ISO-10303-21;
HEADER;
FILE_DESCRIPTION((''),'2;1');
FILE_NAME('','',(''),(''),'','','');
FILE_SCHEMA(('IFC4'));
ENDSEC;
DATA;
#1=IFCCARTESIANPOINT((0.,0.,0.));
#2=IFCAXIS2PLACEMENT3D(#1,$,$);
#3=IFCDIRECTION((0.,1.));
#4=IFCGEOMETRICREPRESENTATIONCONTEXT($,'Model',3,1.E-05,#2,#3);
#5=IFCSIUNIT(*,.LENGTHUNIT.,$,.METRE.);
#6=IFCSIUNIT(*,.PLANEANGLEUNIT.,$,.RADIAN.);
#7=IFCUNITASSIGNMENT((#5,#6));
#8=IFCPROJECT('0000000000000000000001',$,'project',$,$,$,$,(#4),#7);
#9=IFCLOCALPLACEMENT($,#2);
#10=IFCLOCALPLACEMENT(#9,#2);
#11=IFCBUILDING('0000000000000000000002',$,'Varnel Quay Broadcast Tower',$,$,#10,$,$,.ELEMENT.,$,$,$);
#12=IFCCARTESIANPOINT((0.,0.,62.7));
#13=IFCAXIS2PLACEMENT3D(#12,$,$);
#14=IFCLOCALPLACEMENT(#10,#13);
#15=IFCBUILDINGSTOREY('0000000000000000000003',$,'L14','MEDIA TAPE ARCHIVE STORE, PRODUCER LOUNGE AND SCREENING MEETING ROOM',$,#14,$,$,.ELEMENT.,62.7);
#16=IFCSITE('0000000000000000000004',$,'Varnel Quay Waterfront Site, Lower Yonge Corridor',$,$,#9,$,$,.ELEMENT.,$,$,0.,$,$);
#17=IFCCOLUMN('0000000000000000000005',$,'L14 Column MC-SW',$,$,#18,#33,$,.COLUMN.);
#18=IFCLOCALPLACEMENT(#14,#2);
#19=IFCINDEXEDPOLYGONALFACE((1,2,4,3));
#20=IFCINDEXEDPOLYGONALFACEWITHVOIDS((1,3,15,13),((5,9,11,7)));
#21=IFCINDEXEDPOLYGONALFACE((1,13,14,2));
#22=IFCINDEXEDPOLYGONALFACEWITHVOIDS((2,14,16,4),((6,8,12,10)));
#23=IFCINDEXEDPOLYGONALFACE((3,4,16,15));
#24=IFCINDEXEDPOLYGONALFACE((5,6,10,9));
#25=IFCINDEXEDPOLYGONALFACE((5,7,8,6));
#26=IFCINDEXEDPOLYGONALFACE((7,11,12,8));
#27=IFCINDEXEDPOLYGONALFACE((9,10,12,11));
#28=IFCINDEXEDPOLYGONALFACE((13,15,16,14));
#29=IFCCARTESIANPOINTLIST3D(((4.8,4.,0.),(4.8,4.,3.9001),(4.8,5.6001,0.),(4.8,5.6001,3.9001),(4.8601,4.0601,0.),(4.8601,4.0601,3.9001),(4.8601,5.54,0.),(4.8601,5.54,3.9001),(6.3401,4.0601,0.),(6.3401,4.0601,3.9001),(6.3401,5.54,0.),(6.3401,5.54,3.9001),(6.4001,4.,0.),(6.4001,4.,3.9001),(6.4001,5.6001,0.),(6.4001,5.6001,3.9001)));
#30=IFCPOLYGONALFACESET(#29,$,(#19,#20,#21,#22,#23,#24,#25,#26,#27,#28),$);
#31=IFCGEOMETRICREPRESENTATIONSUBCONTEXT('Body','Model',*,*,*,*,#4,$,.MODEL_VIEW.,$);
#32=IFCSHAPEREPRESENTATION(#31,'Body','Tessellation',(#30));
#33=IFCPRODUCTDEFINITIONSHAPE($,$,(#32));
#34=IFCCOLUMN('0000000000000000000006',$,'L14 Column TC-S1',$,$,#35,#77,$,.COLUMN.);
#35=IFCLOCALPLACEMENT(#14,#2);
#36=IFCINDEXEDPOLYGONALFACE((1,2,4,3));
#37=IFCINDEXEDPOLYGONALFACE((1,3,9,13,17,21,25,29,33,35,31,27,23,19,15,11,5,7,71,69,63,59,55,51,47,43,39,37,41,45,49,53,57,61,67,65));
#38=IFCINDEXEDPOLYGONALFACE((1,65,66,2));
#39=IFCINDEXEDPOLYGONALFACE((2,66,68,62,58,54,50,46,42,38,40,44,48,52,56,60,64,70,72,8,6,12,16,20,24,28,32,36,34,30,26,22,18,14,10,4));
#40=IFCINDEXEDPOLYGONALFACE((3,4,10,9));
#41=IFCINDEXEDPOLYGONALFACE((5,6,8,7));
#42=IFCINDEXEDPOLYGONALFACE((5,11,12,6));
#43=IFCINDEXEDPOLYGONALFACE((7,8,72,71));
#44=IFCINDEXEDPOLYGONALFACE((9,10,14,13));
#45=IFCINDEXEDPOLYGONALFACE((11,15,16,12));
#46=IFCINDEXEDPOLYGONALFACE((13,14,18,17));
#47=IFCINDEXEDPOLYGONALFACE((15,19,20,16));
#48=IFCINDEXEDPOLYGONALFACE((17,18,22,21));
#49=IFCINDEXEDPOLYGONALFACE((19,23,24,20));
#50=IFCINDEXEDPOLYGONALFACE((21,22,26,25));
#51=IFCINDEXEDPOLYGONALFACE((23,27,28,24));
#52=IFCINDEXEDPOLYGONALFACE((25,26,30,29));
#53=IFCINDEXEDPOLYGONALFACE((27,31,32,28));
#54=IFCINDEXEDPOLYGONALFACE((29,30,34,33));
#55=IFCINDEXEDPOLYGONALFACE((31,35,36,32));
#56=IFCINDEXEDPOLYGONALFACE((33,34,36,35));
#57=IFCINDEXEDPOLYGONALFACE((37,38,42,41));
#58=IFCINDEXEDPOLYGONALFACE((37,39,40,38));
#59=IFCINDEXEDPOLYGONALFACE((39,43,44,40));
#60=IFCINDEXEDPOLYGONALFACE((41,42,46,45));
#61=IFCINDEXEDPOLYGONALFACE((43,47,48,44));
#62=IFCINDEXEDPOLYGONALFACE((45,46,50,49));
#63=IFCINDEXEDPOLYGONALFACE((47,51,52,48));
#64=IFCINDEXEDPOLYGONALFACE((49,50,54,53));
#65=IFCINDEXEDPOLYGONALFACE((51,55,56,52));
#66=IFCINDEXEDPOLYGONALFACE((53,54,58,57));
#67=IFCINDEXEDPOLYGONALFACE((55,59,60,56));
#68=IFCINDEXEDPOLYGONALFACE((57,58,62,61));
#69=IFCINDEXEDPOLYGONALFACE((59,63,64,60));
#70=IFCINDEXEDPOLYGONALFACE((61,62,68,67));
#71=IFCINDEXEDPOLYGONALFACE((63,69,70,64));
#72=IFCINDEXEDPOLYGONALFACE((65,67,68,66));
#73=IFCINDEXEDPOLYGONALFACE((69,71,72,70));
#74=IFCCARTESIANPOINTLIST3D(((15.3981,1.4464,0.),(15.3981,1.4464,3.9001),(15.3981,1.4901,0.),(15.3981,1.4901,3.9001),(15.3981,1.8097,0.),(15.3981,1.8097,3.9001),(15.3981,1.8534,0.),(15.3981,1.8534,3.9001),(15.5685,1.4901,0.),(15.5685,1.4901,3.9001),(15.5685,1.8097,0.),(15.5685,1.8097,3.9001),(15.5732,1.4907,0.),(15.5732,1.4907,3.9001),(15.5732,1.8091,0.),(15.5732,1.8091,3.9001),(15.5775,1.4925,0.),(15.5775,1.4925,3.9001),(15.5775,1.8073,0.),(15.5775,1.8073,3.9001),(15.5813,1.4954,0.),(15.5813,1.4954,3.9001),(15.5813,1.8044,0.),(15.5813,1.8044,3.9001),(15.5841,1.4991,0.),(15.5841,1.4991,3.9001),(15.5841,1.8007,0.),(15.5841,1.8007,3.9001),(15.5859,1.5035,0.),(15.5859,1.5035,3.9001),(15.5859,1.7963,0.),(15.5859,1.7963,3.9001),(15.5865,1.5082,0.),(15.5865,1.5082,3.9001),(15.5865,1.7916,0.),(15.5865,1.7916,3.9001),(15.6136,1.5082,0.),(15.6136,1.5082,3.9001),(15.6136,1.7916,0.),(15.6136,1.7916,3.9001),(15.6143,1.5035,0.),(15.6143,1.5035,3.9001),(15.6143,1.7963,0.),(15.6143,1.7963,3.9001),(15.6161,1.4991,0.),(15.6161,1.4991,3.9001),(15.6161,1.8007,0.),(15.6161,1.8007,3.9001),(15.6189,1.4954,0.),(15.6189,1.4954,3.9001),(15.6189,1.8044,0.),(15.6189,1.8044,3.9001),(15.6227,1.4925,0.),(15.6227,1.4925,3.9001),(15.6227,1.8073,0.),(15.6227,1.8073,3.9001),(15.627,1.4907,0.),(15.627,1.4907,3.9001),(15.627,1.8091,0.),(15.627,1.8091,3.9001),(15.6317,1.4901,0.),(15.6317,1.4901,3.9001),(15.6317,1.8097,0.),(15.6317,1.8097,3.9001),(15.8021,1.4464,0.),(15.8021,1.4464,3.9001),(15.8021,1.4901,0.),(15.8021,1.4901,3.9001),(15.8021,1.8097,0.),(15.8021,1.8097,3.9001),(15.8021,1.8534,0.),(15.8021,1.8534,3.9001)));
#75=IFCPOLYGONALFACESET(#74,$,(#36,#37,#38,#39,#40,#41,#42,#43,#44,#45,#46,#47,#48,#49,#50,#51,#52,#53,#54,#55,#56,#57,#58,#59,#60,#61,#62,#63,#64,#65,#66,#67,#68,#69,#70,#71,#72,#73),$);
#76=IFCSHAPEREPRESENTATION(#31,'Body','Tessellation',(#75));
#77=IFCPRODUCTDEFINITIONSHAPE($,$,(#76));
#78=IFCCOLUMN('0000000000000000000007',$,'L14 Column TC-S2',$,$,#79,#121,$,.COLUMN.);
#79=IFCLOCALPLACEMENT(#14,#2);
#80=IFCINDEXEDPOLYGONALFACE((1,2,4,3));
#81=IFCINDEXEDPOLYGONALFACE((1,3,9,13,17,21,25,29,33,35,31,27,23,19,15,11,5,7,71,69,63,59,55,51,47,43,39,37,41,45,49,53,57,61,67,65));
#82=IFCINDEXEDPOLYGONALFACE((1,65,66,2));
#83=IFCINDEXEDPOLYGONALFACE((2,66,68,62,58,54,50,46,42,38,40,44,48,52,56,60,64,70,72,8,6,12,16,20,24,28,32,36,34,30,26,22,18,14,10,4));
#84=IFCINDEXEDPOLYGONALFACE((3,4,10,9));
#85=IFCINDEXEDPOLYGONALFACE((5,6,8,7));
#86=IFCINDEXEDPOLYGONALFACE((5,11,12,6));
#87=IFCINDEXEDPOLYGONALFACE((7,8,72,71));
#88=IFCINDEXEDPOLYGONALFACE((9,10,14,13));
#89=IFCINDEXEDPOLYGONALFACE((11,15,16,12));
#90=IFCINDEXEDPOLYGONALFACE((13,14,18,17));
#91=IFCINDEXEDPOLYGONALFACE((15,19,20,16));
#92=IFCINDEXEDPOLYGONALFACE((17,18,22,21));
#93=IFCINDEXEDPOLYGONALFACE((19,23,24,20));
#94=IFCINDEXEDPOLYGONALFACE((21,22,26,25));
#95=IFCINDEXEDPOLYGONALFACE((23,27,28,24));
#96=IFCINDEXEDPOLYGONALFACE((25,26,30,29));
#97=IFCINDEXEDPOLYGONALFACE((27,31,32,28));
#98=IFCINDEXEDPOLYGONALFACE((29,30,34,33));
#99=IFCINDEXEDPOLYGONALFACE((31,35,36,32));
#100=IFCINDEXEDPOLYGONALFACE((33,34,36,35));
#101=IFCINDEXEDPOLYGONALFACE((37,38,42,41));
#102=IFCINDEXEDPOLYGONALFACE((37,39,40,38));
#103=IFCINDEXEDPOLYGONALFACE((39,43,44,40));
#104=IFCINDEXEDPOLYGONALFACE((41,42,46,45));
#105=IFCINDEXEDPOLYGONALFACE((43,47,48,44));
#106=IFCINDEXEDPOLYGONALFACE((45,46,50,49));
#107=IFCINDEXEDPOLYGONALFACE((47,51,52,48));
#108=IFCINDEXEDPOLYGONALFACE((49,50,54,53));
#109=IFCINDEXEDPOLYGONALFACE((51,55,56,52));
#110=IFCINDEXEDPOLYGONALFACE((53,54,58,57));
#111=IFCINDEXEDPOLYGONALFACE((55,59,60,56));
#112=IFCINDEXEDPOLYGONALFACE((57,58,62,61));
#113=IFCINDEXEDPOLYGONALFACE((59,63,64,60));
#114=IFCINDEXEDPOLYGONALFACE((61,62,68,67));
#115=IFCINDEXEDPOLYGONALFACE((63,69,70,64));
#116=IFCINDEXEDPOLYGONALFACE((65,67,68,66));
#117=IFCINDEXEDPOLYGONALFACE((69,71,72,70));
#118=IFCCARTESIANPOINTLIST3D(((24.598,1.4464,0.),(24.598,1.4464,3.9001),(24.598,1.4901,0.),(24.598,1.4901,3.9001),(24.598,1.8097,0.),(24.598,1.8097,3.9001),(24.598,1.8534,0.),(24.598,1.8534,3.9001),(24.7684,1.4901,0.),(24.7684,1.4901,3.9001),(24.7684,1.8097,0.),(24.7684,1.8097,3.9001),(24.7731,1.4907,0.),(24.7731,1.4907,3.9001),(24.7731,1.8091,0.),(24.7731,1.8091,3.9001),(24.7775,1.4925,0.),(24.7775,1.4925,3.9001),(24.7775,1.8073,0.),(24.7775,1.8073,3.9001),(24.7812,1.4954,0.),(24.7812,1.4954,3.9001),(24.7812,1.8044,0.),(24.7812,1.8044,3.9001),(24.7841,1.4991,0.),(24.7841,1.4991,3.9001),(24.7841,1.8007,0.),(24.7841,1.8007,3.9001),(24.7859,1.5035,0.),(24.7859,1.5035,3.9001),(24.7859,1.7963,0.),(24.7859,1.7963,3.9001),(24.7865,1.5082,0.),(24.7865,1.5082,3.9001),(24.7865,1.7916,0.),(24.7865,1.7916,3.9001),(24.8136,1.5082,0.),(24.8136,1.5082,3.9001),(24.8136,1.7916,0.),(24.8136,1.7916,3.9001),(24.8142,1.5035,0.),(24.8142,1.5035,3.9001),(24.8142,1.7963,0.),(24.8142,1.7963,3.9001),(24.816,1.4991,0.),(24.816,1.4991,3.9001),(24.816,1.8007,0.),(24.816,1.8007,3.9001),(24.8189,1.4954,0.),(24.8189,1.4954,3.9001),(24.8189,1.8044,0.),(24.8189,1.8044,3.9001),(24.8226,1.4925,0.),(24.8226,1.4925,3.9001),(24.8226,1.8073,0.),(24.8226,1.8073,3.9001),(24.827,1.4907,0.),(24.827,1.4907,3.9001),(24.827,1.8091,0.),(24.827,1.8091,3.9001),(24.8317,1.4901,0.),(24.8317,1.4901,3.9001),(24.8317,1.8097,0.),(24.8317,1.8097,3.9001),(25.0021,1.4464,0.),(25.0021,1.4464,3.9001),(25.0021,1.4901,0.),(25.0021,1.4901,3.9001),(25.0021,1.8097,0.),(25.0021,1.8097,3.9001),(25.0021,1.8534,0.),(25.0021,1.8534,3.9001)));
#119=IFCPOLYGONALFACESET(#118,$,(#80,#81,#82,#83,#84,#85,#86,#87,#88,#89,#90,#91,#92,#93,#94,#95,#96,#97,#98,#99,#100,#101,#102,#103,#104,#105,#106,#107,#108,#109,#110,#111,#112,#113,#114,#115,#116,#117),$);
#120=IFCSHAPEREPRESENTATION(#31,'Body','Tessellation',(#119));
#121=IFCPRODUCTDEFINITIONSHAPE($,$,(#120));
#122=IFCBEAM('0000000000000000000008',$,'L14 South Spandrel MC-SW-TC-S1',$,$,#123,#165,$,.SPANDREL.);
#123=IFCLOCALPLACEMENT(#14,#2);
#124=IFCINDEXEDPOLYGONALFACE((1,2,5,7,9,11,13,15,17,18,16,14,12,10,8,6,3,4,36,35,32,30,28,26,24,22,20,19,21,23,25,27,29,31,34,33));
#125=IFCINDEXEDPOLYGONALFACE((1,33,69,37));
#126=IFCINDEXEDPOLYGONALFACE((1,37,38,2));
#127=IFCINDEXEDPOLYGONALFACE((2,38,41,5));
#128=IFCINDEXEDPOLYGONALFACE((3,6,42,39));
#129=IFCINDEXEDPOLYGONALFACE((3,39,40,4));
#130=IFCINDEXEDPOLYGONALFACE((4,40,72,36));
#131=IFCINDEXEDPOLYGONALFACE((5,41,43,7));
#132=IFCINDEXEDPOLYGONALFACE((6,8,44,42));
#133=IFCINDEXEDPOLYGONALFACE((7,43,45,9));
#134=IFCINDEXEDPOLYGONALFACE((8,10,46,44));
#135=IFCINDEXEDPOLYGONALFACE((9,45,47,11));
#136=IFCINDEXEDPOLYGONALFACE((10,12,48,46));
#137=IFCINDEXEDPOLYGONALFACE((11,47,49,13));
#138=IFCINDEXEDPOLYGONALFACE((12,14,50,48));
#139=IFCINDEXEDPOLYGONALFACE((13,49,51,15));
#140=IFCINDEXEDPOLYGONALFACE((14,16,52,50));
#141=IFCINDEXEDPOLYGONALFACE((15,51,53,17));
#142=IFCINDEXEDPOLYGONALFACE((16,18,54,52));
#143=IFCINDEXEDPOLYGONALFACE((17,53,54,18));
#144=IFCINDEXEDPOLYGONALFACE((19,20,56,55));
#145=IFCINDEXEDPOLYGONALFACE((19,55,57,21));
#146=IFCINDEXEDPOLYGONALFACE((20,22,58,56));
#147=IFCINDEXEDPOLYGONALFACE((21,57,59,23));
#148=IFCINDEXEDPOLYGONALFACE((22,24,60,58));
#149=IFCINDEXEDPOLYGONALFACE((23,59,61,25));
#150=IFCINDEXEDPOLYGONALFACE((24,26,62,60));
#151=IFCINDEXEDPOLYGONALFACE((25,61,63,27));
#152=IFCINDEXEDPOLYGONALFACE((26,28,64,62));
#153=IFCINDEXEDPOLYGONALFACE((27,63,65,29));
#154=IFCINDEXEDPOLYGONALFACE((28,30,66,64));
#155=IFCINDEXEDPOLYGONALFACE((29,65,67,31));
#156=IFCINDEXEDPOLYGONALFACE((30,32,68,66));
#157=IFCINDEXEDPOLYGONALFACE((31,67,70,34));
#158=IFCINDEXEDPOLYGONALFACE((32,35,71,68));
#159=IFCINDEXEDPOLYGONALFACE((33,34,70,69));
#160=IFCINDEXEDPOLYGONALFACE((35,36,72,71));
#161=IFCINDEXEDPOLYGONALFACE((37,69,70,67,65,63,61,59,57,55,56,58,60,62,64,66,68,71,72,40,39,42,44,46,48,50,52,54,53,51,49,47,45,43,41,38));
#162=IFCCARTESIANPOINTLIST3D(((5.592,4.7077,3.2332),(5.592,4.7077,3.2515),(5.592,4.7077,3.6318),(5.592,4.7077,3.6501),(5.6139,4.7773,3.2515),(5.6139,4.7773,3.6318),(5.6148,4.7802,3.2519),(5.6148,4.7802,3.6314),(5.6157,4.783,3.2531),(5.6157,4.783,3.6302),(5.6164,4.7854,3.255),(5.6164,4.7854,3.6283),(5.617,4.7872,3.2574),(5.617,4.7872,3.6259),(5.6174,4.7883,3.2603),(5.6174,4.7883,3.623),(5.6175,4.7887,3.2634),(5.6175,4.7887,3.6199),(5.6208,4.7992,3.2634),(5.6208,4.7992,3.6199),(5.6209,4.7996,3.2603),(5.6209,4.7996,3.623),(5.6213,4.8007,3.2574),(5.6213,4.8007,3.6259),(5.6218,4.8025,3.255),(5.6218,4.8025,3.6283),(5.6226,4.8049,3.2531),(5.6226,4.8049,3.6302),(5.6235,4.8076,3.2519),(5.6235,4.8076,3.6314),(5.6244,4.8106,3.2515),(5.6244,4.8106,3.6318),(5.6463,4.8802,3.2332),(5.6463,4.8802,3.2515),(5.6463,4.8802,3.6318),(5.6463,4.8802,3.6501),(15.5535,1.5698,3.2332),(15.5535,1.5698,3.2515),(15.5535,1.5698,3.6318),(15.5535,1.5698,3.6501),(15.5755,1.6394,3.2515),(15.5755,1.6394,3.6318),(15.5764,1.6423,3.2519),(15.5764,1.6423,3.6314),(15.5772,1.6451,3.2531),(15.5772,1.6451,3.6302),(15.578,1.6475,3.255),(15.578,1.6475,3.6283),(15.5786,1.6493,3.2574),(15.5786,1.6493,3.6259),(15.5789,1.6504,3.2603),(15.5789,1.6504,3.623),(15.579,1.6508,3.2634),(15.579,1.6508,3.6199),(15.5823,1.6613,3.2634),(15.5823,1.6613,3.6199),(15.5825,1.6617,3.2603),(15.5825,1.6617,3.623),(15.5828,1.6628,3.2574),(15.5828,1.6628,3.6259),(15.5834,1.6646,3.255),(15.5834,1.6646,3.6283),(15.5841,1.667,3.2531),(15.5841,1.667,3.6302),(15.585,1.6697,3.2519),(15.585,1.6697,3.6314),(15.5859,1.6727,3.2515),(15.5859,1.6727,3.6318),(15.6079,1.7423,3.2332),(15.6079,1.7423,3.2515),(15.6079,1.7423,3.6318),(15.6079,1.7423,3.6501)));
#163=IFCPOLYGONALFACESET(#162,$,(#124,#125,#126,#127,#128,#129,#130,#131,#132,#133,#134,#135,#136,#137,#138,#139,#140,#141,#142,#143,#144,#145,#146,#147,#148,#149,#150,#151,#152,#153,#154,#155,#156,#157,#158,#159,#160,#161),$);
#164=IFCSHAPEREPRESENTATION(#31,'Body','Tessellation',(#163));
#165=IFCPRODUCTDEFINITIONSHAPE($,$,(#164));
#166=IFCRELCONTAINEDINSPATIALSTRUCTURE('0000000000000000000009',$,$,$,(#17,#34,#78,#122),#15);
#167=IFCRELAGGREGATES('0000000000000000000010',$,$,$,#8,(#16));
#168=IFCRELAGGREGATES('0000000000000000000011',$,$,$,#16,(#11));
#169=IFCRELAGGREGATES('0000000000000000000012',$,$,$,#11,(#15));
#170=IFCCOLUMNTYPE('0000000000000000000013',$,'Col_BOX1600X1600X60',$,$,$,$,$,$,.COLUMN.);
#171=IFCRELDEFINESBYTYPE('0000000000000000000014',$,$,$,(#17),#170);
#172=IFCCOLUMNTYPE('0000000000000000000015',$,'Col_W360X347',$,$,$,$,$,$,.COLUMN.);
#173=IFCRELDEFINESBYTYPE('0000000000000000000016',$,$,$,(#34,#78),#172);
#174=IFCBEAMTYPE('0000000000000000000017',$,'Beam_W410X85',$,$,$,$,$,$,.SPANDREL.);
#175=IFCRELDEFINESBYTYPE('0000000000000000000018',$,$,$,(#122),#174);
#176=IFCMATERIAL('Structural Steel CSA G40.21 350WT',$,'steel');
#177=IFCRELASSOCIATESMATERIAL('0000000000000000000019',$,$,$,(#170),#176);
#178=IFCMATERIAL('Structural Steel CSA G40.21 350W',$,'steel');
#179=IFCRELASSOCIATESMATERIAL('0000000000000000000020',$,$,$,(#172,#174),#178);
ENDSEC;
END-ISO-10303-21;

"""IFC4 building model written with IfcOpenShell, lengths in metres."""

from ifc_helpers import new_model, si_unit, direction, frame, origin, origin_2d, place, context, subcontext, project, spatial, hollow_rectangle, i_section, extrude, source, transform, mapped, material, material_profile, profile_set, type_object, type_shapes, element, save


model = new_model("IFC4")

# Units and contexts
model_context = context("Model", 3, precision=1e-05, world=origin(), true_north=direction((0.0, 1.0)))
body_context = subcontext(model_context, "Body", "Model", "MODEL_VIEW")
ifc_project = project(units=[si_unit("LENGTHUNIT", "METRE"), si_unit("PLANEANGLEUNIT", "RADIAN")], contexts=[model_context])

# Site, building, storey
site_placement = place(None, origin())
site = spatial("IfcSite", under=ifc_project, at=site_placement, Name="Varnel Quay Waterfront Site, Lower Yonge Corridor", CompositionType="ELEMENT", RefElevation=0.0)
building_placement = place(site_placement, origin())
building = spatial("IfcBuilding", under=site, at=building_placement, Name="Varnel Quay Broadcast Tower", CompositionType="ELEMENT")
storey_placement = place(building_placement, frame((0.0, 0.0, 62.7)))
storey = spatial("IfcBuildingStorey", under=building, at=storey_placement, Name="L14", Description="MEDIA TAPE ARCHIVE STORE, PRODUCER LOUNGE AND SCREENING MEETING ROOM", CompositionType="ELEMENT", Elevation=62.7)

# Columns
ifc_material_1 = material(Name="Structural Steel CSA G40.21 350WT", Category="steel")
ifc_material_profile_1 = material_profile(ifc_material_1, hollow_rectangle(XDim=1.6001, YDim=1.6001, WallThickness=0.0601, at=origin_2d()), Name="BOX1600X1600X60")
ifc_profile_set_1 = profile_set([ifc_material_profile_1], Name="Structural Steel CSA G40.21 350WT")
column_type_1 = type_object("IfcColumnType", Name="Col_BOX1600X1600X60", PredefinedType="COLUMN", material=ifc_profile_set_1)
shared_shape_1 = source(origin(), body_context, "Body", "SweptSolid", [
    extrude(hollow_rectangle(XDim=1.6001, YDim=1.6001, WallThickness=0.0601, at=origin_2d()), origin(), (0.0, 0.0, 1.0), 3.9001),
])
type_shapes(column_type_1, [shared_shape_1])
column_placement = place(storey_placement, frame((5.6001, 4.8, 0.0), z_axis=(0.0, 0.0, 1.0), x_axis=(1.0, 0.0, 0.0)))
element("IfcColumn", 1, at=column_placement, inside=storey, type_object=column_type_1, Name="L14 Column MC-SW", PredefinedType="COLUMN", context=body_context, shape_type="MappedRepresentation", body=[
    mapped(shared_shape_1, transform((0.0, 0.0, 0.0), x_axis=(1.0, 0.0, 0.0), y_axis=(0.0, 1.0, 0.0), z_axis=(0.0, 0.0, 1.0), scale=1.0)),
])
ifc_material_2 = material(Name="Structural Steel CSA G40.21 350W", Category="steel")
ifc_material_profile_2 = material_profile(ifc_material_2, i_section(OverallWidth=0.4041, OverallDepth=0.407, WebThickness=0.0271, FlangeThickness=0.0437, FilletRadius=0.0181, at=origin_2d()), Name="W360X347")
ifc_profile_set_2 = profile_set([ifc_material_profile_2], Name="Structural Steel CSA G40.21 350W")
column_type_2 = type_object("IfcColumnType", Name="Col_W360X347", PredefinedType="COLUMN", material=ifc_profile_set_2)
shared_shape_2 = source(origin(), body_context, "Body", "SweptSolid", [
    extrude(i_section(OverallWidth=0.4041, OverallDepth=0.407, WebThickness=0.0271, FlangeThickness=0.0437, FilletRadius=0.0181, at=origin_2d()), origin(), (0.0, 0.0, 1.0), 3.9001),
])
type_shapes(column_type_2, [shared_shape_2])
for number, where, z_axis, x_axis, name in (
    (2, (15.6001, 1.6499, 0.0), (0.0, 0.0, 1.0), (1.0, 0.0, 0.0), "L14 Column TC-S1"),
    (3, (24.8, 1.6499, 0.0), (0.0, 0.0, 1.0), (1.0, 0.0, 0.0), "L14 Column TC-S2"),
):
    element("IfcColumn", number, at=place(storey_placement, frame(where, z_axis=z_axis, x_axis=x_axis)), inside=storey, type_object=column_type_2, Name=name, PredefinedType="COLUMN", context=body_context, shape_type="MappedRepresentation", body=[
        mapped(shared_shape_2, transform((0.0, 0.0, 0.0), x_axis=(1.0, 0.0, 0.0), y_axis=(0.0, 1.0, 0.0), z_axis=(0.0, 0.0, 1.0), scale=1.0)),
    ])

# Beam
ifc_material_profile_3 = material_profile(ifc_material_2, i_section(OverallWidth=0.1809, OverallDepth=0.417, WebThickness=0.011, FlangeThickness=0.0183, FilletRadius=0.012, at=origin_2d()), Name="W410X85")
ifc_profile_set_3 = profile_set([ifc_material_profile_3], Name="Structural Steel CSA G40.21 350W")
beam_type_1 = type_object("IfcBeamType", Name="Beam_W410X85", PredefinedType="SPANDREL", material=ifc_profile_set_3)
shared_shape_3 = source(origin(), body_context, "Body", "SweptSolid", [
    extrude(i_section(OverallWidth=0.1809, OverallDepth=0.417, WebThickness=0.011, FlangeThickness=0.0183, FilletRadius=0.012, at=origin_2d()), origin(), (0.0, 0.0, 1.0), 10.4441),
])
beam_1_placement = place(storey_placement, frame((5.6191, 4.7939, 3.4417), z_axis=(0.953798, -0.300448, 0.0), x_axis=(0.300448, 0.953798, 0.0)))
element("IfcBeam", 4, at=beam_1_placement, inside=storey, type_object=beam_type_1, Name="L14 South Spandrel MC-SW-TC-S1", PredefinedType="SPANDREL", context=body_context, shape_type="MappedRepresentation", body=[
    mapped(shared_shape_3, transform((0.0, 0.0, 0.0), x_axis=(1.0, 0.0, 0.0), y_axis=(0.0, 1.0, 0.0), z_axis=(0.0, 0.0, 1.0), scale=1.0)),
])

save(model, "model.ifc")
